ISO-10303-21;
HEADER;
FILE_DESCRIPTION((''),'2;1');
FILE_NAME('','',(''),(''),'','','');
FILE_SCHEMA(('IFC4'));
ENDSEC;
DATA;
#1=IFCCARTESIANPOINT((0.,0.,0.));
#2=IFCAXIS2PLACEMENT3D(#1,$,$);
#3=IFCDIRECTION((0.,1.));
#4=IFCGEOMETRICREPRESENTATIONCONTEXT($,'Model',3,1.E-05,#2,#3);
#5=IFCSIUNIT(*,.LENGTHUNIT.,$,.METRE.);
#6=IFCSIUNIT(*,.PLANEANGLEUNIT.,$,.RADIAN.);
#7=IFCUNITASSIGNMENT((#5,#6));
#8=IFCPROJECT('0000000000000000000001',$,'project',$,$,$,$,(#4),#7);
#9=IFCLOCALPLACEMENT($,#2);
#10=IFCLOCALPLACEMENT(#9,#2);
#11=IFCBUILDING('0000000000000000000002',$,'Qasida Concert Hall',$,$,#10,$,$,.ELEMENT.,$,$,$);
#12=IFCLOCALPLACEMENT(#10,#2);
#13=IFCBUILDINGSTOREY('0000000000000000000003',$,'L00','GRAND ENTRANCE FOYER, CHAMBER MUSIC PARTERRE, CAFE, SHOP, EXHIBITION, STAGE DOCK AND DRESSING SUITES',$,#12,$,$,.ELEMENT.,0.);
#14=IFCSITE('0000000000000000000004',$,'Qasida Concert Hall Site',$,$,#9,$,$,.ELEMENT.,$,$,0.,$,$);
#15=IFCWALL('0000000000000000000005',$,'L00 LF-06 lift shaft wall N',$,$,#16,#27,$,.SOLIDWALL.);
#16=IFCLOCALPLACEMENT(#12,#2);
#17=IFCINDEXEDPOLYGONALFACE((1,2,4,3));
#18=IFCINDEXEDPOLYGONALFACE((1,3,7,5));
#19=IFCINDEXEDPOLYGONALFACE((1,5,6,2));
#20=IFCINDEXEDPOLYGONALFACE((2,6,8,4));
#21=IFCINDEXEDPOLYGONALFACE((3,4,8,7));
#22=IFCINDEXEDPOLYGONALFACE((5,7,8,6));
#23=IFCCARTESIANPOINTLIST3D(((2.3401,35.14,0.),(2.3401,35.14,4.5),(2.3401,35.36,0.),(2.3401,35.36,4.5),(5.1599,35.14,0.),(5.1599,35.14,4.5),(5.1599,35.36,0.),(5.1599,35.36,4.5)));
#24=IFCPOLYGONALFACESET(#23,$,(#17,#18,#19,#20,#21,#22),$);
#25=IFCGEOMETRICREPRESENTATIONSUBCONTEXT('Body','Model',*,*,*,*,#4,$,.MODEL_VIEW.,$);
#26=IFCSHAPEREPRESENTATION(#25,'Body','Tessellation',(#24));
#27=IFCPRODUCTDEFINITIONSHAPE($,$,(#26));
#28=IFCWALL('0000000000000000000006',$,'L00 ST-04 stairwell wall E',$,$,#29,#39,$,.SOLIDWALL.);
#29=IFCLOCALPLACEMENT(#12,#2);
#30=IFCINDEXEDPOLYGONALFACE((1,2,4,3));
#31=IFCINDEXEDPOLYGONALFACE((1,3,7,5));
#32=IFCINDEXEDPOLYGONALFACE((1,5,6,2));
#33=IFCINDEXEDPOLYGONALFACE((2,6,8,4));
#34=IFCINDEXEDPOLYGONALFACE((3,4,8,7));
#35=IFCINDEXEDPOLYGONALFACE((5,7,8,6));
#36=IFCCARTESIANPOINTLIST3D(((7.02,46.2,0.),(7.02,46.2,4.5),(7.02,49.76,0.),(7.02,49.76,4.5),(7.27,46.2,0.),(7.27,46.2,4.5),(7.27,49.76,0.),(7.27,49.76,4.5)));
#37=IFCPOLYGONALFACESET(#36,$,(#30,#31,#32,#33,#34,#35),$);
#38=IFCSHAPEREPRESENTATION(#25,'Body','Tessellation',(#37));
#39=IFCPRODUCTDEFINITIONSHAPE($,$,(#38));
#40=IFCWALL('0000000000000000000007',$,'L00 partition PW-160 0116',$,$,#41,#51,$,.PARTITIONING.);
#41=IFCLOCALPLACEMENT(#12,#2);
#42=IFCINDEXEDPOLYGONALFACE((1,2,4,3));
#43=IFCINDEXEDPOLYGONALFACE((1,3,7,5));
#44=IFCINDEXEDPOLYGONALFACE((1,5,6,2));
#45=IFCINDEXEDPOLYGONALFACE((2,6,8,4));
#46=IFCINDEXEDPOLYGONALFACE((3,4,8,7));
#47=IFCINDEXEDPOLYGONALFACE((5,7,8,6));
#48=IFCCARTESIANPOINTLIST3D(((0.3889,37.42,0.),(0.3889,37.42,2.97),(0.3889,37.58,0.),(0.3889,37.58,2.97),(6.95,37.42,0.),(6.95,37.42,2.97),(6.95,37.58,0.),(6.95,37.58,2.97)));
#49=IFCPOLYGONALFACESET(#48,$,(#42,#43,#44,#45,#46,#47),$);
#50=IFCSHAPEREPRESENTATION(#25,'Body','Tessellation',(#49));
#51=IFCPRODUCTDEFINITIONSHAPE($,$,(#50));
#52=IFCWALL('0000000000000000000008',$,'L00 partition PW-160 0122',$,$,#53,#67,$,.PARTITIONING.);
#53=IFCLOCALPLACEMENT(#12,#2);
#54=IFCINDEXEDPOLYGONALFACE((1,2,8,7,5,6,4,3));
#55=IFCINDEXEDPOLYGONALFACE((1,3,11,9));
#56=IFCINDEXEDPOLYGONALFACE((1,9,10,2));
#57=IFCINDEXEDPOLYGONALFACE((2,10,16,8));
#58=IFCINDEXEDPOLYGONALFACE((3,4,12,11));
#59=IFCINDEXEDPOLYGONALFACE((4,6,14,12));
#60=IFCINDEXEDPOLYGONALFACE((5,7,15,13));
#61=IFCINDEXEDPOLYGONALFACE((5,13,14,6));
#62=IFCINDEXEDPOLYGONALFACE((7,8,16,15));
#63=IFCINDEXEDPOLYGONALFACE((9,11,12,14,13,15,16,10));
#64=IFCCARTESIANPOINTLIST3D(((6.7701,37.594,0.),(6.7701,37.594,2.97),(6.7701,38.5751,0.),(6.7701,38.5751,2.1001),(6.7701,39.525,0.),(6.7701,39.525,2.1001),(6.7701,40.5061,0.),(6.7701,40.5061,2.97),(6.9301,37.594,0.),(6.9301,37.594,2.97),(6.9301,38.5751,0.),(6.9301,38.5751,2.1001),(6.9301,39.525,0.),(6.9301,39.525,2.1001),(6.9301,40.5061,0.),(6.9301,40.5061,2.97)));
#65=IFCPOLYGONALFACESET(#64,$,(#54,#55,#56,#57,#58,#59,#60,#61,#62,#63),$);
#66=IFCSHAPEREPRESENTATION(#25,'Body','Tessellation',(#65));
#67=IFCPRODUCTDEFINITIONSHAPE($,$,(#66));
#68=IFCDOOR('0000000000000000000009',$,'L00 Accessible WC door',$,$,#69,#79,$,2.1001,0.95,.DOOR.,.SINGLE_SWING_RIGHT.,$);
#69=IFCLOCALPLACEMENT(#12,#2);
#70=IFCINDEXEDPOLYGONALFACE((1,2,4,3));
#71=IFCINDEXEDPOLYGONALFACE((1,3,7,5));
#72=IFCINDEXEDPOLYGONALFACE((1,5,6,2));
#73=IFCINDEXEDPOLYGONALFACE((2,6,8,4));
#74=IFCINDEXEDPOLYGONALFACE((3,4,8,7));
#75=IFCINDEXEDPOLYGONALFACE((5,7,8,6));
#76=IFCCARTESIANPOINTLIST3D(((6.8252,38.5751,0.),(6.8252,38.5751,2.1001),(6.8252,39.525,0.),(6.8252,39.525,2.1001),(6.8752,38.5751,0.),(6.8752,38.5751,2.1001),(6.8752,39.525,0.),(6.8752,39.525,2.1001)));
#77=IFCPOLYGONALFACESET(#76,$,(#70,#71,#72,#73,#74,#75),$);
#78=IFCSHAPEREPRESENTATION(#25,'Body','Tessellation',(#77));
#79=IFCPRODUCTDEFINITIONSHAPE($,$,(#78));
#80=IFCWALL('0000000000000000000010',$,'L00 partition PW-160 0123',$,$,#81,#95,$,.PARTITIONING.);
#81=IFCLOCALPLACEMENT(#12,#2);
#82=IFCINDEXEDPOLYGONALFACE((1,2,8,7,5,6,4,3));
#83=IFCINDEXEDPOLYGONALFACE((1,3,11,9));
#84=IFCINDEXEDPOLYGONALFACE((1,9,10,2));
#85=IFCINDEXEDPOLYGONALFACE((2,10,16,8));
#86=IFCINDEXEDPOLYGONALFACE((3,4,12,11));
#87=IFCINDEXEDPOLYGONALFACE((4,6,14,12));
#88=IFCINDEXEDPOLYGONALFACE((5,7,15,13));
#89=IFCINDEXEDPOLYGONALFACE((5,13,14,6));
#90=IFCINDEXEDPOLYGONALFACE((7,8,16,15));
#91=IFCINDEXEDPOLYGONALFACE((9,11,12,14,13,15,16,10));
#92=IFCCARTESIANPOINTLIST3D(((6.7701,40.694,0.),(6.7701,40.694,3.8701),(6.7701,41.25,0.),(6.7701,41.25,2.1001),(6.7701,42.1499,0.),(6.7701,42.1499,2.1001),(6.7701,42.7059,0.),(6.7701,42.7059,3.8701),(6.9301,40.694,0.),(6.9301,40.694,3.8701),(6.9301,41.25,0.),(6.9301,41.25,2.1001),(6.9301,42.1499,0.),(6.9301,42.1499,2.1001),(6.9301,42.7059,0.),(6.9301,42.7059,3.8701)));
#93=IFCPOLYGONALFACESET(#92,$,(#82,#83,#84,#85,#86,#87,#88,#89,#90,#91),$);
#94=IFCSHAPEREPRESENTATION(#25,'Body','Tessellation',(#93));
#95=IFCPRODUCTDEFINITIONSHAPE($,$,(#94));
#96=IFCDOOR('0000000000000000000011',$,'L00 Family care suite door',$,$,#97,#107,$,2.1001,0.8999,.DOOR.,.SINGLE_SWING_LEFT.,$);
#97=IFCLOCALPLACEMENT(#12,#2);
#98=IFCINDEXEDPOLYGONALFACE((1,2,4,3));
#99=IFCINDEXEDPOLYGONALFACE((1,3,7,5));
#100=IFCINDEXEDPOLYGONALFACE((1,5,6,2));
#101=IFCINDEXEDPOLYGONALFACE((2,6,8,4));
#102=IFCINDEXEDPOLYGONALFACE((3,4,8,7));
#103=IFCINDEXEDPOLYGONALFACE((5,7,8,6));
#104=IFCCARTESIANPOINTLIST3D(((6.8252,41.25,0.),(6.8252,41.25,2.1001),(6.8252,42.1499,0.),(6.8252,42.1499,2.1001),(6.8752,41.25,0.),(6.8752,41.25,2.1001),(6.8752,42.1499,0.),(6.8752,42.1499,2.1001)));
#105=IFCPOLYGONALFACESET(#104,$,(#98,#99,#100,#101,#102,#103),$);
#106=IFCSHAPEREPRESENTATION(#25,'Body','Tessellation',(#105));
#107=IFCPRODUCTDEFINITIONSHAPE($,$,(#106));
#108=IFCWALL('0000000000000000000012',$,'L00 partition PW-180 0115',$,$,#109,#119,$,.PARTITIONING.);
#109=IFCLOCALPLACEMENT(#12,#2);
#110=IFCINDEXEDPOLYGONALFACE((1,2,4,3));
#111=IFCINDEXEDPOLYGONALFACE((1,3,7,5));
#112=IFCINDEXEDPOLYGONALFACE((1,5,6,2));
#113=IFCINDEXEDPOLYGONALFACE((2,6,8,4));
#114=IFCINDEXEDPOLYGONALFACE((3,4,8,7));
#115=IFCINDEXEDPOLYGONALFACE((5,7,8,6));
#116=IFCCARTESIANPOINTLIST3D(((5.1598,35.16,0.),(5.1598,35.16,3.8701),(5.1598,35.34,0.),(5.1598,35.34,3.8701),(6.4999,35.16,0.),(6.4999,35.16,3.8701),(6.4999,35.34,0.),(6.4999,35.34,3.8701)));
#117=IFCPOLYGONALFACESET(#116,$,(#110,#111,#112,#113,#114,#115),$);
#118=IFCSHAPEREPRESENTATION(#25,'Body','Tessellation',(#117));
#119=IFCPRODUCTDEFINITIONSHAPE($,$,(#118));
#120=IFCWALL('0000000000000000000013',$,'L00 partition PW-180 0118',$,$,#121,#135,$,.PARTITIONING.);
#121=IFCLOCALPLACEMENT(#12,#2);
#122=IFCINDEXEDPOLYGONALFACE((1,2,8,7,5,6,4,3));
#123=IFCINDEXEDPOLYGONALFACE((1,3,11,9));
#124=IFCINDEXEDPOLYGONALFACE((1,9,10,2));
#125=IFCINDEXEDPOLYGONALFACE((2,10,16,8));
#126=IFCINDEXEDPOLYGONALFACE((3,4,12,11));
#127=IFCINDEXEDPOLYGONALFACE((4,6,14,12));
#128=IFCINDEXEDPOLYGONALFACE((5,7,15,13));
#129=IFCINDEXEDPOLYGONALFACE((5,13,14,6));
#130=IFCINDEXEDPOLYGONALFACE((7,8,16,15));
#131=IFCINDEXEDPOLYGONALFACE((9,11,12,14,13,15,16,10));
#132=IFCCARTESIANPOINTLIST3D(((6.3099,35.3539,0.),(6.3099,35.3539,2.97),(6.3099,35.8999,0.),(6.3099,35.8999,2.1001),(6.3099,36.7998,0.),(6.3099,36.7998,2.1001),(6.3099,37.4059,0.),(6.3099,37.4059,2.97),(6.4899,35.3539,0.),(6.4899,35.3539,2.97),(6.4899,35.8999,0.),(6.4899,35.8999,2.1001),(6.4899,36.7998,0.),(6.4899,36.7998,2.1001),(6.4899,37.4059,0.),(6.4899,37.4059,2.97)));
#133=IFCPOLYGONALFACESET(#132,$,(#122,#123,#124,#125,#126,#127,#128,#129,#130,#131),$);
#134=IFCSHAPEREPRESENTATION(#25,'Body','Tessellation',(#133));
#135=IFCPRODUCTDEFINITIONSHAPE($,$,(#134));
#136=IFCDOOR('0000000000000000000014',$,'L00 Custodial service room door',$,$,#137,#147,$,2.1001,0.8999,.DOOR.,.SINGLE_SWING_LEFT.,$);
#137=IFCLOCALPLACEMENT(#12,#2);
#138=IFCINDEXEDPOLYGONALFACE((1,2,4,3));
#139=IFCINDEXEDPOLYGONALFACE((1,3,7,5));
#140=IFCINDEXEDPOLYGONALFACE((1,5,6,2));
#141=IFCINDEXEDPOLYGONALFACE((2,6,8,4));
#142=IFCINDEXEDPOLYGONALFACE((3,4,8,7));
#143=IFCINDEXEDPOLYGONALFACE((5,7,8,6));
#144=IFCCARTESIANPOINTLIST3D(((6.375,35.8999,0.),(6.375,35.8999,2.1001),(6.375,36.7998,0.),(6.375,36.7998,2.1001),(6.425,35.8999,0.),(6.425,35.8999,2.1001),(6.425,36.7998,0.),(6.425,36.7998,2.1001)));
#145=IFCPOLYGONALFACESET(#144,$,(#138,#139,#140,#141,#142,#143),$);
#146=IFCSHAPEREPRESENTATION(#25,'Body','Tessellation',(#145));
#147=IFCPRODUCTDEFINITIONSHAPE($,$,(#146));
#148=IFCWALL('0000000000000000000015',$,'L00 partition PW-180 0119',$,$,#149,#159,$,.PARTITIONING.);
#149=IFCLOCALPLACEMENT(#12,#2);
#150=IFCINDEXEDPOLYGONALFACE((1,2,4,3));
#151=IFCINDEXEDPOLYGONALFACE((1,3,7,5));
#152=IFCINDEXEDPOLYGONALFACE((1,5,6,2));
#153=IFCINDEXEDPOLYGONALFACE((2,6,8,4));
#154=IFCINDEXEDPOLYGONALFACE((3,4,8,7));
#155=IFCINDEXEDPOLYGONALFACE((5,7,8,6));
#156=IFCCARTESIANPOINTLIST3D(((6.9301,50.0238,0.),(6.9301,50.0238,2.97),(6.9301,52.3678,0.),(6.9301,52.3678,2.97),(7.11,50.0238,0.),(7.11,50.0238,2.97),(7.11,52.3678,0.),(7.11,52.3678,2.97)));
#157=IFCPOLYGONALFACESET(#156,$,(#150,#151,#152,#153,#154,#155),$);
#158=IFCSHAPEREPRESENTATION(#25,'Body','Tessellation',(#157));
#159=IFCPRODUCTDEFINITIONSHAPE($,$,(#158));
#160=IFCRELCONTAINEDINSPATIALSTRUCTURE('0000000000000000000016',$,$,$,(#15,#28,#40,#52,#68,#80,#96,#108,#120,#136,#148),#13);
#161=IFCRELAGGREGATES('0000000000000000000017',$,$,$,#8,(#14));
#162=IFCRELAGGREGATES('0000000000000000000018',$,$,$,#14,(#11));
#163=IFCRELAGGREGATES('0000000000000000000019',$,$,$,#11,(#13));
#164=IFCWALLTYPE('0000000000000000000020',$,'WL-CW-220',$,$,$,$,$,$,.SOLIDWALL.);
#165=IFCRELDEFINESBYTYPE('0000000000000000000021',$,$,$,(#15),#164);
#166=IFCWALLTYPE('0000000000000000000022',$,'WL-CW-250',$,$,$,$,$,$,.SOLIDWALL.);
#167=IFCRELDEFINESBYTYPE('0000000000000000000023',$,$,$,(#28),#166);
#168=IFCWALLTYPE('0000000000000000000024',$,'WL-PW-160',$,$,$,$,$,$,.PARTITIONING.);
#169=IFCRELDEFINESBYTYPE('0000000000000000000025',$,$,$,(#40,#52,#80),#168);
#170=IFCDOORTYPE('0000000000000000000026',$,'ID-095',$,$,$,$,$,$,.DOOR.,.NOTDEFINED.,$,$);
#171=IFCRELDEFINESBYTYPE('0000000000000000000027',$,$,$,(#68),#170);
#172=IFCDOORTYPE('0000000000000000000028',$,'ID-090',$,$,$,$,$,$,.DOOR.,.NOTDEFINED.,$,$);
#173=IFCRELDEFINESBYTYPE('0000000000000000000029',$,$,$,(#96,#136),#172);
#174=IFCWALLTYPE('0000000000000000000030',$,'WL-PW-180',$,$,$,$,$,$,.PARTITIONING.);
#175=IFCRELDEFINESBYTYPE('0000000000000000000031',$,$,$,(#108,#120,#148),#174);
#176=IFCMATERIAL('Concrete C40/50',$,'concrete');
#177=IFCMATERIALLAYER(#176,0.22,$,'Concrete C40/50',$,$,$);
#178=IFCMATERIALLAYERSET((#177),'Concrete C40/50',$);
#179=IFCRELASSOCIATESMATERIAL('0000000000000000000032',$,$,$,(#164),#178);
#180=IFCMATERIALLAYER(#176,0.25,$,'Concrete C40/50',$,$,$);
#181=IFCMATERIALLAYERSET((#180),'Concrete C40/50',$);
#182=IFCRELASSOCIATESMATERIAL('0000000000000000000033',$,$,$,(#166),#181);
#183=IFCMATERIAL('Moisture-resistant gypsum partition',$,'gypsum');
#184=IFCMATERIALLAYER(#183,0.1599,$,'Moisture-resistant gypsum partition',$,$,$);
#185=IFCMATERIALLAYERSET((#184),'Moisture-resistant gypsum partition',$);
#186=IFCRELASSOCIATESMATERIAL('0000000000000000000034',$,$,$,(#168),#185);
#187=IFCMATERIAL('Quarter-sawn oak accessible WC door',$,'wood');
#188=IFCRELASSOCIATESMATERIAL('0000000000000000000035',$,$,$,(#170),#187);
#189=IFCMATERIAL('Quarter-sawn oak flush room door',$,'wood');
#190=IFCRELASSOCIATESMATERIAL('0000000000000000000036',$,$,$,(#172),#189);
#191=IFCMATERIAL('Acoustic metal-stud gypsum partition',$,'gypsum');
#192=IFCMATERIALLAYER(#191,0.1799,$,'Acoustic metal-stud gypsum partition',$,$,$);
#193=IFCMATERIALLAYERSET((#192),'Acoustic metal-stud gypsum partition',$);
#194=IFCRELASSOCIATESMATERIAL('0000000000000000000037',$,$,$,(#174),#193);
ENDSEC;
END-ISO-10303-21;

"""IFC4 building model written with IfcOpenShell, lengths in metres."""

from ifc_helpers import new_model, si_unit, direction, frame, frame_2d, origin, place, context, subcontext, project, spatial, rectangle, extrude, material, layer, layer_set, type_object, element, fill, save


model = new_model("IFC4")

# Units and contexts
model_context = context("Model", 3, precision=1e-05, world=origin(), true_north=direction((0.0, 1.0)))
body_context = subcontext(model_context, "Body", "Model", "MODEL_VIEW")
ifc_project = project(units=[si_unit("LENGTHUNIT", "METRE"), si_unit("PLANEANGLEUNIT", "RADIAN")], contexts=[model_context])

# Site, building, storey
site_placement = place(None, origin())
site = spatial("IfcSite", under=ifc_project, at=site_placement, Name="Qasida Concert Hall Site", CompositionType="ELEMENT", RefElevation=0.0)
building_placement = place(site_placement, origin())
building = spatial("IfcBuilding", under=site, at=building_placement, Name="Qasida Concert Hall", CompositionType="ELEMENT")
storey_placement = place(building_placement, origin())
storey = spatial("IfcBuildingStorey", under=building, at=storey_placement, Name="L00", Description="GRAND ENTRANCE FOYER, CHAMBER MUSIC PARTERRE, CAFE, SHOP, EXHIBITION, STAGE DOCK AND DRESSING SUITES", CompositionType="ELEMENT", Elevation=0.0)

# Walls
ifc_material_1 = material(Name="Concrete C40/50", Category="concrete")
ifc_layer_1 = layer(ifc_material_1, 0.22, Name="Concrete C40/50")
ifc_layer_set_1 = layer_set([ifc_layer_1], Name="Concrete C40/50")
wall_type_1 = type_object("IfcWallType", Name="WL-CW-220", PredefinedType="SOLIDWALL", material=ifc_layer_set_1)
wall_1_placement = place(storey_placement, frame((2.3401, 35.25, 0.0), z_axis=(0.0, 0.0, 1.0), x_axis=(1.0, 0.0, 0.0)))
element("IfcWall", 1, at=wall_1_placement, inside=storey, type_object=wall_type_1, Name="L00 LF-06 lift shaft wall N", PredefinedType="SOLIDWALL", context=body_context, shape_type="SweptSolid", body=[
    extrude(rectangle(XDim=2.8198, YDim=0.22, at=frame_2d((1.4099, 0.0))), origin(), (0.0, 0.0, 1.0), 4.5),
])
ifc_layer_2 = layer(ifc_material_1, 0.25, Name="Concrete C40/50")
ifc_layer_set_2 = layer_set([ifc_layer_2], Name="Concrete C40/50")
wall_type_2 = type_object("IfcWallType", Name="WL-CW-250", PredefinedType="SOLIDWALL", material=ifc_layer_set_2)
wall_2_placement = place(storey_placement, frame((7.145, 46.2, 0.0), z_axis=(0.0, 0.0, 1.0), x_axis=(0.0, 1.0, 0.0)))
element("IfcWall", 2, at=wall_2_placement, inside=storey, type_object=wall_type_2, Name="L00 ST-04 stairwell wall E", PredefinedType="SOLIDWALL", context=body_context, shape_type="SweptSolid", body=[
    extrude(rectangle(XDim=3.5601, YDim=0.25, at=frame_2d((1.78, 0.0))), origin(), (0.0, 0.0, 1.0), 4.5),
])
ifc_material_2 = material(Name="Moisture-resistant gypsum partition", Category="gypsum")
ifc_layer_3 = layer(ifc_material_2, 0.1599, Name="Moisture-resistant gypsum partition")
ifc_layer_set_3 = layer_set([ifc_layer_3], Name="Moisture-resistant gypsum partition")
wall_type_3 = type_object("IfcWallType", Name="WL-PW-160", PredefinedType="PARTITIONING", material=ifc_layer_set_3)
wall_3_placement = place(storey_placement, frame((0.3889, 37.5, 0.0), z_axis=(0.0, 0.0, 1.0), x_axis=(1.0, 0.0, 0.0)))
element("IfcWall", 3, at=wall_3_placement, inside=storey, type_object=wall_type_3, Name="L00 partition PW-160 0116", PredefinedType="PARTITIONING", context=body_context, shape_type="SweptSolid", body=[
    extrude(rectangle(XDim=6.561, YDim=0.1599, at=frame_2d((3.2805, 0.0))), origin(), (0.0, 0.0, 1.0), 2.97),
])

# Walls, openings, doors
wall_4_placement = place(storey_placement, frame((6.8501, 37.594, 0.0), z_axis=(0.0, 0.0, 1.0), x_axis=(0.0, 1.0, 0.0)))
wall_4 = element("IfcWall", 4, at=wall_4_placement, inside=storey, type_object=wall_type_3, Name="L00 partition PW-160 0122", PredefinedType="PARTITIONING", context=body_context, shape_type="SweptSolid", body=[
    extrude(rectangle(XDim=2.9121, YDim=0.1599, at=frame_2d((1.4561, 0.0))), origin(), (0.0, 0.0, 1.0), 2.97),
])
opening_1_placement = place(wall_4_placement, frame((0.981, 0.0, 0.0)))
opening_1 = element("IfcOpeningElement", 5, at=opening_1_placement, cuts=wall_4, PredefinedType="OPENING", context=body_context, shape_type="SweptSolid", body=[
    extrude(rectangle(XDim=0.95, YDim=2.1001, at=frame_2d((0.4751, 1.05))), frame((0.0, 0.0898, 0.0), z_axis=(0.0, -1.0, 0.0), x_axis=(1.0, 0.0, 0.0)), (0.0, 0.0, 1.0), 0.1799),
])
ifc_material_3 = material(Name="Quarter-sawn oak accessible WC door", Category="wood")
door_type_1 = type_object("IfcDoorType", Name="ID-095", OperationType="NOTDEFINED", PredefinedType="DOOR", material=ifc_material_3)
door_1_placement = place(opening_1_placement, origin())
door_1 = element("IfcDoor", 6, at=door_1_placement, inside=storey, type_object=door_type_1, Name="L00 Accessible WC door", OperationType="SINGLE_SWING_RIGHT", OverallHeight=2.1001, OverallWidth=0.95, PredefinedType="DOOR", context=body_context, shape_type="SweptSolid", body=[
    extrude(rectangle(XDim=0.95, YDim=2.1001, at=frame_2d((0.4751, 1.05))), frame((0.0, 0.0249, 0.0), z_axis=(0.0, -1.0, 0.0), x_axis=(1.0, 0.0, 0.0)), (0.0, 0.0, 1.0), 0.05),
])
fill(opening_1, door_1)
wall_5_placement = place(storey_placement, frame((6.8501, 40.6941, 0.0), z_axis=(0.0, 0.0, 1.0), x_axis=(0.0, 1.0, 0.0)))
wall_5 = element("IfcWall", 7, at=wall_5_placement, inside=storey, type_object=wall_type_3, Name="L00 partition PW-160 0123", PredefinedType="PARTITIONING", context=body_context, shape_type="SweptSolid", body=[
    extrude(rectangle(XDim=2.012, YDim=0.1599, at=frame_2d((1.0059, 0.0))), origin(), (0.0, 0.0, 1.0), 3.8701),
])
opening_2_placement = place(wall_5_placement, frame((0.5559, 0.0, 0.0)))
opening_2 = element("IfcOpeningElement", 8, at=opening_2_placement, cuts=wall_5, PredefinedType="OPENING", context=body_context, shape_type="SweptSolid", body=[
    extrude(rectangle(XDim=0.8999, YDim=2.1001, at=frame_2d((0.45, 1.05))), frame((0.0, 0.0898, 0.0), z_axis=(0.0, -1.0, 0.0), x_axis=(1.0, 0.0, 0.0)), (0.0, 0.0, 1.0), 0.1799),
])
ifc_material_4 = material(Name="Quarter-sawn oak flush room door", Category="wood")
door_type_2 = type_object("IfcDoorType", Name="ID-090", OperationType="NOTDEFINED", PredefinedType="DOOR", material=ifc_material_4)
door_2_placement = place(opening_2_placement, origin())
door_2 = element("IfcDoor", 9, at=door_2_placement, inside=storey, type_object=door_type_2, Name="L00 Family care suite door", OperationType="SINGLE_SWING_LEFT", OverallHeight=2.1001, OverallWidth=0.8999, PredefinedType="DOOR", context=body_context, shape_type="SweptSolid", body=[
    extrude(rectangle(XDim=0.8999, YDim=2.1001, at=frame_2d((0.45, 1.05))), frame((0.0, 0.0249, 0.0), z_axis=(0.0, -1.0, 0.0), x_axis=(1.0, 0.0, 0.0)), (0.0, 0.0, 1.0), 0.05),
])
fill(opening_2, door_2)

# Wall
ifc_material_5 = material(Name="Acoustic metal-stud gypsum partition", Category="gypsum")
ifc_layer_4 = layer(ifc_material_5, 0.1799, Name="Acoustic metal-stud gypsum partition")
ifc_layer_set_4 = layer_set([ifc_layer_4], Name="Acoustic metal-stud gypsum partition")
wall_type_4 = type_object("IfcWallType", Name="WL-PW-180", PredefinedType="PARTITIONING", material=ifc_layer_set_4)
wall_6_placement = place(storey_placement, frame((5.1599, 35.25, 0.0), z_axis=(0.0, 0.0, 1.0), x_axis=(1.0, 0.0, 0.0)))
element("IfcWall", 10, at=wall_6_placement, inside=storey, type_object=wall_type_4, Name="L00 partition PW-180 0115", PredefinedType="PARTITIONING", context=body_context, shape_type="SweptSolid", body=[
    extrude(rectangle(XDim=1.3401, YDim=0.1799, at=frame_2d((0.6699, 0.0))), origin(), (0.0, 0.0, 1.0), 3.8701),
])

# Wall, opening, door
wall_7_placement = place(storey_placement, frame((6.3999, 35.354, 0.0), z_axis=(0.0, 0.0, 1.0), x_axis=(0.0, 1.0, 0.0)))
wall_7 = element("IfcWall", 11, at=wall_7_placement, inside=storey, type_object=wall_type_4, Name="L00 partition PW-180 0118", PredefinedType="PARTITIONING", context=body_context, shape_type="SweptSolid", body=[
    extrude(rectangle(XDim=2.052, YDim=0.1799, at=frame_2d((1.0259, 0.0))), origin(), (0.0, 0.0, 1.0), 2.97),
])
opening_3_placement = place(wall_7_placement, frame((0.5459, 0.0, 0.0)))
opening_3 = element("IfcOpeningElement", 12, at=opening_3_placement, cuts=wall_7, PredefinedType="OPENING", context=body_context, shape_type="SweptSolid", body=[
    extrude(rectangle(XDim=0.8999, YDim=2.1001, at=frame_2d((0.45, 1.05))), frame((0.0, 0.0999, 0.0), z_axis=(0.0, -1.0, 0.0), x_axis=(1.0, 0.0, 0.0)), (0.0, 0.0, 1.0), 0.2),
])
door_3_placement = place(opening_3_placement, origin())
door_3 = element("IfcDoor", 13, at=door_3_placement, inside=storey, type_object=door_type_2, Name="L00 Custodial service room door", OperationType="SINGLE_SWING_LEFT", OverallHeight=2.1001, OverallWidth=0.8999, PredefinedType="DOOR", context=body_context, shape_type="SweptSolid", body=[
    extrude(rectangle(XDim=0.8999, YDim=2.1001, at=frame_2d((0.45, 1.05))), frame((0.0, 0.0249, 0.0), z_axis=(0.0, -1.0, 0.0), x_axis=(1.0, 0.0, 0.0)), (0.0, 0.0, 1.0), 0.05),
])
fill(opening_3, door_3)

# Wall
wall_8_placement = place(storey_placement, frame((7.02, 50.0239, 0.0), z_axis=(0.0, 0.0, 1.0), x_axis=(0.0, 1.0, 0.0)))
element("IfcWall", 14, at=wall_8_placement, inside=storey, type_object=wall_type_4, Name="L00 partition PW-180 0119", PredefinedType="PARTITIONING", context=body_context, shape_type="SweptSolid", body=[
    extrude(rectangle(XDim=2.344, YDim=0.1799, at=frame_2d((1.1719, 0.0))), origin(), (0.0, 0.0, 1.0), 2.97),
])

save(model, "model.ifc")
